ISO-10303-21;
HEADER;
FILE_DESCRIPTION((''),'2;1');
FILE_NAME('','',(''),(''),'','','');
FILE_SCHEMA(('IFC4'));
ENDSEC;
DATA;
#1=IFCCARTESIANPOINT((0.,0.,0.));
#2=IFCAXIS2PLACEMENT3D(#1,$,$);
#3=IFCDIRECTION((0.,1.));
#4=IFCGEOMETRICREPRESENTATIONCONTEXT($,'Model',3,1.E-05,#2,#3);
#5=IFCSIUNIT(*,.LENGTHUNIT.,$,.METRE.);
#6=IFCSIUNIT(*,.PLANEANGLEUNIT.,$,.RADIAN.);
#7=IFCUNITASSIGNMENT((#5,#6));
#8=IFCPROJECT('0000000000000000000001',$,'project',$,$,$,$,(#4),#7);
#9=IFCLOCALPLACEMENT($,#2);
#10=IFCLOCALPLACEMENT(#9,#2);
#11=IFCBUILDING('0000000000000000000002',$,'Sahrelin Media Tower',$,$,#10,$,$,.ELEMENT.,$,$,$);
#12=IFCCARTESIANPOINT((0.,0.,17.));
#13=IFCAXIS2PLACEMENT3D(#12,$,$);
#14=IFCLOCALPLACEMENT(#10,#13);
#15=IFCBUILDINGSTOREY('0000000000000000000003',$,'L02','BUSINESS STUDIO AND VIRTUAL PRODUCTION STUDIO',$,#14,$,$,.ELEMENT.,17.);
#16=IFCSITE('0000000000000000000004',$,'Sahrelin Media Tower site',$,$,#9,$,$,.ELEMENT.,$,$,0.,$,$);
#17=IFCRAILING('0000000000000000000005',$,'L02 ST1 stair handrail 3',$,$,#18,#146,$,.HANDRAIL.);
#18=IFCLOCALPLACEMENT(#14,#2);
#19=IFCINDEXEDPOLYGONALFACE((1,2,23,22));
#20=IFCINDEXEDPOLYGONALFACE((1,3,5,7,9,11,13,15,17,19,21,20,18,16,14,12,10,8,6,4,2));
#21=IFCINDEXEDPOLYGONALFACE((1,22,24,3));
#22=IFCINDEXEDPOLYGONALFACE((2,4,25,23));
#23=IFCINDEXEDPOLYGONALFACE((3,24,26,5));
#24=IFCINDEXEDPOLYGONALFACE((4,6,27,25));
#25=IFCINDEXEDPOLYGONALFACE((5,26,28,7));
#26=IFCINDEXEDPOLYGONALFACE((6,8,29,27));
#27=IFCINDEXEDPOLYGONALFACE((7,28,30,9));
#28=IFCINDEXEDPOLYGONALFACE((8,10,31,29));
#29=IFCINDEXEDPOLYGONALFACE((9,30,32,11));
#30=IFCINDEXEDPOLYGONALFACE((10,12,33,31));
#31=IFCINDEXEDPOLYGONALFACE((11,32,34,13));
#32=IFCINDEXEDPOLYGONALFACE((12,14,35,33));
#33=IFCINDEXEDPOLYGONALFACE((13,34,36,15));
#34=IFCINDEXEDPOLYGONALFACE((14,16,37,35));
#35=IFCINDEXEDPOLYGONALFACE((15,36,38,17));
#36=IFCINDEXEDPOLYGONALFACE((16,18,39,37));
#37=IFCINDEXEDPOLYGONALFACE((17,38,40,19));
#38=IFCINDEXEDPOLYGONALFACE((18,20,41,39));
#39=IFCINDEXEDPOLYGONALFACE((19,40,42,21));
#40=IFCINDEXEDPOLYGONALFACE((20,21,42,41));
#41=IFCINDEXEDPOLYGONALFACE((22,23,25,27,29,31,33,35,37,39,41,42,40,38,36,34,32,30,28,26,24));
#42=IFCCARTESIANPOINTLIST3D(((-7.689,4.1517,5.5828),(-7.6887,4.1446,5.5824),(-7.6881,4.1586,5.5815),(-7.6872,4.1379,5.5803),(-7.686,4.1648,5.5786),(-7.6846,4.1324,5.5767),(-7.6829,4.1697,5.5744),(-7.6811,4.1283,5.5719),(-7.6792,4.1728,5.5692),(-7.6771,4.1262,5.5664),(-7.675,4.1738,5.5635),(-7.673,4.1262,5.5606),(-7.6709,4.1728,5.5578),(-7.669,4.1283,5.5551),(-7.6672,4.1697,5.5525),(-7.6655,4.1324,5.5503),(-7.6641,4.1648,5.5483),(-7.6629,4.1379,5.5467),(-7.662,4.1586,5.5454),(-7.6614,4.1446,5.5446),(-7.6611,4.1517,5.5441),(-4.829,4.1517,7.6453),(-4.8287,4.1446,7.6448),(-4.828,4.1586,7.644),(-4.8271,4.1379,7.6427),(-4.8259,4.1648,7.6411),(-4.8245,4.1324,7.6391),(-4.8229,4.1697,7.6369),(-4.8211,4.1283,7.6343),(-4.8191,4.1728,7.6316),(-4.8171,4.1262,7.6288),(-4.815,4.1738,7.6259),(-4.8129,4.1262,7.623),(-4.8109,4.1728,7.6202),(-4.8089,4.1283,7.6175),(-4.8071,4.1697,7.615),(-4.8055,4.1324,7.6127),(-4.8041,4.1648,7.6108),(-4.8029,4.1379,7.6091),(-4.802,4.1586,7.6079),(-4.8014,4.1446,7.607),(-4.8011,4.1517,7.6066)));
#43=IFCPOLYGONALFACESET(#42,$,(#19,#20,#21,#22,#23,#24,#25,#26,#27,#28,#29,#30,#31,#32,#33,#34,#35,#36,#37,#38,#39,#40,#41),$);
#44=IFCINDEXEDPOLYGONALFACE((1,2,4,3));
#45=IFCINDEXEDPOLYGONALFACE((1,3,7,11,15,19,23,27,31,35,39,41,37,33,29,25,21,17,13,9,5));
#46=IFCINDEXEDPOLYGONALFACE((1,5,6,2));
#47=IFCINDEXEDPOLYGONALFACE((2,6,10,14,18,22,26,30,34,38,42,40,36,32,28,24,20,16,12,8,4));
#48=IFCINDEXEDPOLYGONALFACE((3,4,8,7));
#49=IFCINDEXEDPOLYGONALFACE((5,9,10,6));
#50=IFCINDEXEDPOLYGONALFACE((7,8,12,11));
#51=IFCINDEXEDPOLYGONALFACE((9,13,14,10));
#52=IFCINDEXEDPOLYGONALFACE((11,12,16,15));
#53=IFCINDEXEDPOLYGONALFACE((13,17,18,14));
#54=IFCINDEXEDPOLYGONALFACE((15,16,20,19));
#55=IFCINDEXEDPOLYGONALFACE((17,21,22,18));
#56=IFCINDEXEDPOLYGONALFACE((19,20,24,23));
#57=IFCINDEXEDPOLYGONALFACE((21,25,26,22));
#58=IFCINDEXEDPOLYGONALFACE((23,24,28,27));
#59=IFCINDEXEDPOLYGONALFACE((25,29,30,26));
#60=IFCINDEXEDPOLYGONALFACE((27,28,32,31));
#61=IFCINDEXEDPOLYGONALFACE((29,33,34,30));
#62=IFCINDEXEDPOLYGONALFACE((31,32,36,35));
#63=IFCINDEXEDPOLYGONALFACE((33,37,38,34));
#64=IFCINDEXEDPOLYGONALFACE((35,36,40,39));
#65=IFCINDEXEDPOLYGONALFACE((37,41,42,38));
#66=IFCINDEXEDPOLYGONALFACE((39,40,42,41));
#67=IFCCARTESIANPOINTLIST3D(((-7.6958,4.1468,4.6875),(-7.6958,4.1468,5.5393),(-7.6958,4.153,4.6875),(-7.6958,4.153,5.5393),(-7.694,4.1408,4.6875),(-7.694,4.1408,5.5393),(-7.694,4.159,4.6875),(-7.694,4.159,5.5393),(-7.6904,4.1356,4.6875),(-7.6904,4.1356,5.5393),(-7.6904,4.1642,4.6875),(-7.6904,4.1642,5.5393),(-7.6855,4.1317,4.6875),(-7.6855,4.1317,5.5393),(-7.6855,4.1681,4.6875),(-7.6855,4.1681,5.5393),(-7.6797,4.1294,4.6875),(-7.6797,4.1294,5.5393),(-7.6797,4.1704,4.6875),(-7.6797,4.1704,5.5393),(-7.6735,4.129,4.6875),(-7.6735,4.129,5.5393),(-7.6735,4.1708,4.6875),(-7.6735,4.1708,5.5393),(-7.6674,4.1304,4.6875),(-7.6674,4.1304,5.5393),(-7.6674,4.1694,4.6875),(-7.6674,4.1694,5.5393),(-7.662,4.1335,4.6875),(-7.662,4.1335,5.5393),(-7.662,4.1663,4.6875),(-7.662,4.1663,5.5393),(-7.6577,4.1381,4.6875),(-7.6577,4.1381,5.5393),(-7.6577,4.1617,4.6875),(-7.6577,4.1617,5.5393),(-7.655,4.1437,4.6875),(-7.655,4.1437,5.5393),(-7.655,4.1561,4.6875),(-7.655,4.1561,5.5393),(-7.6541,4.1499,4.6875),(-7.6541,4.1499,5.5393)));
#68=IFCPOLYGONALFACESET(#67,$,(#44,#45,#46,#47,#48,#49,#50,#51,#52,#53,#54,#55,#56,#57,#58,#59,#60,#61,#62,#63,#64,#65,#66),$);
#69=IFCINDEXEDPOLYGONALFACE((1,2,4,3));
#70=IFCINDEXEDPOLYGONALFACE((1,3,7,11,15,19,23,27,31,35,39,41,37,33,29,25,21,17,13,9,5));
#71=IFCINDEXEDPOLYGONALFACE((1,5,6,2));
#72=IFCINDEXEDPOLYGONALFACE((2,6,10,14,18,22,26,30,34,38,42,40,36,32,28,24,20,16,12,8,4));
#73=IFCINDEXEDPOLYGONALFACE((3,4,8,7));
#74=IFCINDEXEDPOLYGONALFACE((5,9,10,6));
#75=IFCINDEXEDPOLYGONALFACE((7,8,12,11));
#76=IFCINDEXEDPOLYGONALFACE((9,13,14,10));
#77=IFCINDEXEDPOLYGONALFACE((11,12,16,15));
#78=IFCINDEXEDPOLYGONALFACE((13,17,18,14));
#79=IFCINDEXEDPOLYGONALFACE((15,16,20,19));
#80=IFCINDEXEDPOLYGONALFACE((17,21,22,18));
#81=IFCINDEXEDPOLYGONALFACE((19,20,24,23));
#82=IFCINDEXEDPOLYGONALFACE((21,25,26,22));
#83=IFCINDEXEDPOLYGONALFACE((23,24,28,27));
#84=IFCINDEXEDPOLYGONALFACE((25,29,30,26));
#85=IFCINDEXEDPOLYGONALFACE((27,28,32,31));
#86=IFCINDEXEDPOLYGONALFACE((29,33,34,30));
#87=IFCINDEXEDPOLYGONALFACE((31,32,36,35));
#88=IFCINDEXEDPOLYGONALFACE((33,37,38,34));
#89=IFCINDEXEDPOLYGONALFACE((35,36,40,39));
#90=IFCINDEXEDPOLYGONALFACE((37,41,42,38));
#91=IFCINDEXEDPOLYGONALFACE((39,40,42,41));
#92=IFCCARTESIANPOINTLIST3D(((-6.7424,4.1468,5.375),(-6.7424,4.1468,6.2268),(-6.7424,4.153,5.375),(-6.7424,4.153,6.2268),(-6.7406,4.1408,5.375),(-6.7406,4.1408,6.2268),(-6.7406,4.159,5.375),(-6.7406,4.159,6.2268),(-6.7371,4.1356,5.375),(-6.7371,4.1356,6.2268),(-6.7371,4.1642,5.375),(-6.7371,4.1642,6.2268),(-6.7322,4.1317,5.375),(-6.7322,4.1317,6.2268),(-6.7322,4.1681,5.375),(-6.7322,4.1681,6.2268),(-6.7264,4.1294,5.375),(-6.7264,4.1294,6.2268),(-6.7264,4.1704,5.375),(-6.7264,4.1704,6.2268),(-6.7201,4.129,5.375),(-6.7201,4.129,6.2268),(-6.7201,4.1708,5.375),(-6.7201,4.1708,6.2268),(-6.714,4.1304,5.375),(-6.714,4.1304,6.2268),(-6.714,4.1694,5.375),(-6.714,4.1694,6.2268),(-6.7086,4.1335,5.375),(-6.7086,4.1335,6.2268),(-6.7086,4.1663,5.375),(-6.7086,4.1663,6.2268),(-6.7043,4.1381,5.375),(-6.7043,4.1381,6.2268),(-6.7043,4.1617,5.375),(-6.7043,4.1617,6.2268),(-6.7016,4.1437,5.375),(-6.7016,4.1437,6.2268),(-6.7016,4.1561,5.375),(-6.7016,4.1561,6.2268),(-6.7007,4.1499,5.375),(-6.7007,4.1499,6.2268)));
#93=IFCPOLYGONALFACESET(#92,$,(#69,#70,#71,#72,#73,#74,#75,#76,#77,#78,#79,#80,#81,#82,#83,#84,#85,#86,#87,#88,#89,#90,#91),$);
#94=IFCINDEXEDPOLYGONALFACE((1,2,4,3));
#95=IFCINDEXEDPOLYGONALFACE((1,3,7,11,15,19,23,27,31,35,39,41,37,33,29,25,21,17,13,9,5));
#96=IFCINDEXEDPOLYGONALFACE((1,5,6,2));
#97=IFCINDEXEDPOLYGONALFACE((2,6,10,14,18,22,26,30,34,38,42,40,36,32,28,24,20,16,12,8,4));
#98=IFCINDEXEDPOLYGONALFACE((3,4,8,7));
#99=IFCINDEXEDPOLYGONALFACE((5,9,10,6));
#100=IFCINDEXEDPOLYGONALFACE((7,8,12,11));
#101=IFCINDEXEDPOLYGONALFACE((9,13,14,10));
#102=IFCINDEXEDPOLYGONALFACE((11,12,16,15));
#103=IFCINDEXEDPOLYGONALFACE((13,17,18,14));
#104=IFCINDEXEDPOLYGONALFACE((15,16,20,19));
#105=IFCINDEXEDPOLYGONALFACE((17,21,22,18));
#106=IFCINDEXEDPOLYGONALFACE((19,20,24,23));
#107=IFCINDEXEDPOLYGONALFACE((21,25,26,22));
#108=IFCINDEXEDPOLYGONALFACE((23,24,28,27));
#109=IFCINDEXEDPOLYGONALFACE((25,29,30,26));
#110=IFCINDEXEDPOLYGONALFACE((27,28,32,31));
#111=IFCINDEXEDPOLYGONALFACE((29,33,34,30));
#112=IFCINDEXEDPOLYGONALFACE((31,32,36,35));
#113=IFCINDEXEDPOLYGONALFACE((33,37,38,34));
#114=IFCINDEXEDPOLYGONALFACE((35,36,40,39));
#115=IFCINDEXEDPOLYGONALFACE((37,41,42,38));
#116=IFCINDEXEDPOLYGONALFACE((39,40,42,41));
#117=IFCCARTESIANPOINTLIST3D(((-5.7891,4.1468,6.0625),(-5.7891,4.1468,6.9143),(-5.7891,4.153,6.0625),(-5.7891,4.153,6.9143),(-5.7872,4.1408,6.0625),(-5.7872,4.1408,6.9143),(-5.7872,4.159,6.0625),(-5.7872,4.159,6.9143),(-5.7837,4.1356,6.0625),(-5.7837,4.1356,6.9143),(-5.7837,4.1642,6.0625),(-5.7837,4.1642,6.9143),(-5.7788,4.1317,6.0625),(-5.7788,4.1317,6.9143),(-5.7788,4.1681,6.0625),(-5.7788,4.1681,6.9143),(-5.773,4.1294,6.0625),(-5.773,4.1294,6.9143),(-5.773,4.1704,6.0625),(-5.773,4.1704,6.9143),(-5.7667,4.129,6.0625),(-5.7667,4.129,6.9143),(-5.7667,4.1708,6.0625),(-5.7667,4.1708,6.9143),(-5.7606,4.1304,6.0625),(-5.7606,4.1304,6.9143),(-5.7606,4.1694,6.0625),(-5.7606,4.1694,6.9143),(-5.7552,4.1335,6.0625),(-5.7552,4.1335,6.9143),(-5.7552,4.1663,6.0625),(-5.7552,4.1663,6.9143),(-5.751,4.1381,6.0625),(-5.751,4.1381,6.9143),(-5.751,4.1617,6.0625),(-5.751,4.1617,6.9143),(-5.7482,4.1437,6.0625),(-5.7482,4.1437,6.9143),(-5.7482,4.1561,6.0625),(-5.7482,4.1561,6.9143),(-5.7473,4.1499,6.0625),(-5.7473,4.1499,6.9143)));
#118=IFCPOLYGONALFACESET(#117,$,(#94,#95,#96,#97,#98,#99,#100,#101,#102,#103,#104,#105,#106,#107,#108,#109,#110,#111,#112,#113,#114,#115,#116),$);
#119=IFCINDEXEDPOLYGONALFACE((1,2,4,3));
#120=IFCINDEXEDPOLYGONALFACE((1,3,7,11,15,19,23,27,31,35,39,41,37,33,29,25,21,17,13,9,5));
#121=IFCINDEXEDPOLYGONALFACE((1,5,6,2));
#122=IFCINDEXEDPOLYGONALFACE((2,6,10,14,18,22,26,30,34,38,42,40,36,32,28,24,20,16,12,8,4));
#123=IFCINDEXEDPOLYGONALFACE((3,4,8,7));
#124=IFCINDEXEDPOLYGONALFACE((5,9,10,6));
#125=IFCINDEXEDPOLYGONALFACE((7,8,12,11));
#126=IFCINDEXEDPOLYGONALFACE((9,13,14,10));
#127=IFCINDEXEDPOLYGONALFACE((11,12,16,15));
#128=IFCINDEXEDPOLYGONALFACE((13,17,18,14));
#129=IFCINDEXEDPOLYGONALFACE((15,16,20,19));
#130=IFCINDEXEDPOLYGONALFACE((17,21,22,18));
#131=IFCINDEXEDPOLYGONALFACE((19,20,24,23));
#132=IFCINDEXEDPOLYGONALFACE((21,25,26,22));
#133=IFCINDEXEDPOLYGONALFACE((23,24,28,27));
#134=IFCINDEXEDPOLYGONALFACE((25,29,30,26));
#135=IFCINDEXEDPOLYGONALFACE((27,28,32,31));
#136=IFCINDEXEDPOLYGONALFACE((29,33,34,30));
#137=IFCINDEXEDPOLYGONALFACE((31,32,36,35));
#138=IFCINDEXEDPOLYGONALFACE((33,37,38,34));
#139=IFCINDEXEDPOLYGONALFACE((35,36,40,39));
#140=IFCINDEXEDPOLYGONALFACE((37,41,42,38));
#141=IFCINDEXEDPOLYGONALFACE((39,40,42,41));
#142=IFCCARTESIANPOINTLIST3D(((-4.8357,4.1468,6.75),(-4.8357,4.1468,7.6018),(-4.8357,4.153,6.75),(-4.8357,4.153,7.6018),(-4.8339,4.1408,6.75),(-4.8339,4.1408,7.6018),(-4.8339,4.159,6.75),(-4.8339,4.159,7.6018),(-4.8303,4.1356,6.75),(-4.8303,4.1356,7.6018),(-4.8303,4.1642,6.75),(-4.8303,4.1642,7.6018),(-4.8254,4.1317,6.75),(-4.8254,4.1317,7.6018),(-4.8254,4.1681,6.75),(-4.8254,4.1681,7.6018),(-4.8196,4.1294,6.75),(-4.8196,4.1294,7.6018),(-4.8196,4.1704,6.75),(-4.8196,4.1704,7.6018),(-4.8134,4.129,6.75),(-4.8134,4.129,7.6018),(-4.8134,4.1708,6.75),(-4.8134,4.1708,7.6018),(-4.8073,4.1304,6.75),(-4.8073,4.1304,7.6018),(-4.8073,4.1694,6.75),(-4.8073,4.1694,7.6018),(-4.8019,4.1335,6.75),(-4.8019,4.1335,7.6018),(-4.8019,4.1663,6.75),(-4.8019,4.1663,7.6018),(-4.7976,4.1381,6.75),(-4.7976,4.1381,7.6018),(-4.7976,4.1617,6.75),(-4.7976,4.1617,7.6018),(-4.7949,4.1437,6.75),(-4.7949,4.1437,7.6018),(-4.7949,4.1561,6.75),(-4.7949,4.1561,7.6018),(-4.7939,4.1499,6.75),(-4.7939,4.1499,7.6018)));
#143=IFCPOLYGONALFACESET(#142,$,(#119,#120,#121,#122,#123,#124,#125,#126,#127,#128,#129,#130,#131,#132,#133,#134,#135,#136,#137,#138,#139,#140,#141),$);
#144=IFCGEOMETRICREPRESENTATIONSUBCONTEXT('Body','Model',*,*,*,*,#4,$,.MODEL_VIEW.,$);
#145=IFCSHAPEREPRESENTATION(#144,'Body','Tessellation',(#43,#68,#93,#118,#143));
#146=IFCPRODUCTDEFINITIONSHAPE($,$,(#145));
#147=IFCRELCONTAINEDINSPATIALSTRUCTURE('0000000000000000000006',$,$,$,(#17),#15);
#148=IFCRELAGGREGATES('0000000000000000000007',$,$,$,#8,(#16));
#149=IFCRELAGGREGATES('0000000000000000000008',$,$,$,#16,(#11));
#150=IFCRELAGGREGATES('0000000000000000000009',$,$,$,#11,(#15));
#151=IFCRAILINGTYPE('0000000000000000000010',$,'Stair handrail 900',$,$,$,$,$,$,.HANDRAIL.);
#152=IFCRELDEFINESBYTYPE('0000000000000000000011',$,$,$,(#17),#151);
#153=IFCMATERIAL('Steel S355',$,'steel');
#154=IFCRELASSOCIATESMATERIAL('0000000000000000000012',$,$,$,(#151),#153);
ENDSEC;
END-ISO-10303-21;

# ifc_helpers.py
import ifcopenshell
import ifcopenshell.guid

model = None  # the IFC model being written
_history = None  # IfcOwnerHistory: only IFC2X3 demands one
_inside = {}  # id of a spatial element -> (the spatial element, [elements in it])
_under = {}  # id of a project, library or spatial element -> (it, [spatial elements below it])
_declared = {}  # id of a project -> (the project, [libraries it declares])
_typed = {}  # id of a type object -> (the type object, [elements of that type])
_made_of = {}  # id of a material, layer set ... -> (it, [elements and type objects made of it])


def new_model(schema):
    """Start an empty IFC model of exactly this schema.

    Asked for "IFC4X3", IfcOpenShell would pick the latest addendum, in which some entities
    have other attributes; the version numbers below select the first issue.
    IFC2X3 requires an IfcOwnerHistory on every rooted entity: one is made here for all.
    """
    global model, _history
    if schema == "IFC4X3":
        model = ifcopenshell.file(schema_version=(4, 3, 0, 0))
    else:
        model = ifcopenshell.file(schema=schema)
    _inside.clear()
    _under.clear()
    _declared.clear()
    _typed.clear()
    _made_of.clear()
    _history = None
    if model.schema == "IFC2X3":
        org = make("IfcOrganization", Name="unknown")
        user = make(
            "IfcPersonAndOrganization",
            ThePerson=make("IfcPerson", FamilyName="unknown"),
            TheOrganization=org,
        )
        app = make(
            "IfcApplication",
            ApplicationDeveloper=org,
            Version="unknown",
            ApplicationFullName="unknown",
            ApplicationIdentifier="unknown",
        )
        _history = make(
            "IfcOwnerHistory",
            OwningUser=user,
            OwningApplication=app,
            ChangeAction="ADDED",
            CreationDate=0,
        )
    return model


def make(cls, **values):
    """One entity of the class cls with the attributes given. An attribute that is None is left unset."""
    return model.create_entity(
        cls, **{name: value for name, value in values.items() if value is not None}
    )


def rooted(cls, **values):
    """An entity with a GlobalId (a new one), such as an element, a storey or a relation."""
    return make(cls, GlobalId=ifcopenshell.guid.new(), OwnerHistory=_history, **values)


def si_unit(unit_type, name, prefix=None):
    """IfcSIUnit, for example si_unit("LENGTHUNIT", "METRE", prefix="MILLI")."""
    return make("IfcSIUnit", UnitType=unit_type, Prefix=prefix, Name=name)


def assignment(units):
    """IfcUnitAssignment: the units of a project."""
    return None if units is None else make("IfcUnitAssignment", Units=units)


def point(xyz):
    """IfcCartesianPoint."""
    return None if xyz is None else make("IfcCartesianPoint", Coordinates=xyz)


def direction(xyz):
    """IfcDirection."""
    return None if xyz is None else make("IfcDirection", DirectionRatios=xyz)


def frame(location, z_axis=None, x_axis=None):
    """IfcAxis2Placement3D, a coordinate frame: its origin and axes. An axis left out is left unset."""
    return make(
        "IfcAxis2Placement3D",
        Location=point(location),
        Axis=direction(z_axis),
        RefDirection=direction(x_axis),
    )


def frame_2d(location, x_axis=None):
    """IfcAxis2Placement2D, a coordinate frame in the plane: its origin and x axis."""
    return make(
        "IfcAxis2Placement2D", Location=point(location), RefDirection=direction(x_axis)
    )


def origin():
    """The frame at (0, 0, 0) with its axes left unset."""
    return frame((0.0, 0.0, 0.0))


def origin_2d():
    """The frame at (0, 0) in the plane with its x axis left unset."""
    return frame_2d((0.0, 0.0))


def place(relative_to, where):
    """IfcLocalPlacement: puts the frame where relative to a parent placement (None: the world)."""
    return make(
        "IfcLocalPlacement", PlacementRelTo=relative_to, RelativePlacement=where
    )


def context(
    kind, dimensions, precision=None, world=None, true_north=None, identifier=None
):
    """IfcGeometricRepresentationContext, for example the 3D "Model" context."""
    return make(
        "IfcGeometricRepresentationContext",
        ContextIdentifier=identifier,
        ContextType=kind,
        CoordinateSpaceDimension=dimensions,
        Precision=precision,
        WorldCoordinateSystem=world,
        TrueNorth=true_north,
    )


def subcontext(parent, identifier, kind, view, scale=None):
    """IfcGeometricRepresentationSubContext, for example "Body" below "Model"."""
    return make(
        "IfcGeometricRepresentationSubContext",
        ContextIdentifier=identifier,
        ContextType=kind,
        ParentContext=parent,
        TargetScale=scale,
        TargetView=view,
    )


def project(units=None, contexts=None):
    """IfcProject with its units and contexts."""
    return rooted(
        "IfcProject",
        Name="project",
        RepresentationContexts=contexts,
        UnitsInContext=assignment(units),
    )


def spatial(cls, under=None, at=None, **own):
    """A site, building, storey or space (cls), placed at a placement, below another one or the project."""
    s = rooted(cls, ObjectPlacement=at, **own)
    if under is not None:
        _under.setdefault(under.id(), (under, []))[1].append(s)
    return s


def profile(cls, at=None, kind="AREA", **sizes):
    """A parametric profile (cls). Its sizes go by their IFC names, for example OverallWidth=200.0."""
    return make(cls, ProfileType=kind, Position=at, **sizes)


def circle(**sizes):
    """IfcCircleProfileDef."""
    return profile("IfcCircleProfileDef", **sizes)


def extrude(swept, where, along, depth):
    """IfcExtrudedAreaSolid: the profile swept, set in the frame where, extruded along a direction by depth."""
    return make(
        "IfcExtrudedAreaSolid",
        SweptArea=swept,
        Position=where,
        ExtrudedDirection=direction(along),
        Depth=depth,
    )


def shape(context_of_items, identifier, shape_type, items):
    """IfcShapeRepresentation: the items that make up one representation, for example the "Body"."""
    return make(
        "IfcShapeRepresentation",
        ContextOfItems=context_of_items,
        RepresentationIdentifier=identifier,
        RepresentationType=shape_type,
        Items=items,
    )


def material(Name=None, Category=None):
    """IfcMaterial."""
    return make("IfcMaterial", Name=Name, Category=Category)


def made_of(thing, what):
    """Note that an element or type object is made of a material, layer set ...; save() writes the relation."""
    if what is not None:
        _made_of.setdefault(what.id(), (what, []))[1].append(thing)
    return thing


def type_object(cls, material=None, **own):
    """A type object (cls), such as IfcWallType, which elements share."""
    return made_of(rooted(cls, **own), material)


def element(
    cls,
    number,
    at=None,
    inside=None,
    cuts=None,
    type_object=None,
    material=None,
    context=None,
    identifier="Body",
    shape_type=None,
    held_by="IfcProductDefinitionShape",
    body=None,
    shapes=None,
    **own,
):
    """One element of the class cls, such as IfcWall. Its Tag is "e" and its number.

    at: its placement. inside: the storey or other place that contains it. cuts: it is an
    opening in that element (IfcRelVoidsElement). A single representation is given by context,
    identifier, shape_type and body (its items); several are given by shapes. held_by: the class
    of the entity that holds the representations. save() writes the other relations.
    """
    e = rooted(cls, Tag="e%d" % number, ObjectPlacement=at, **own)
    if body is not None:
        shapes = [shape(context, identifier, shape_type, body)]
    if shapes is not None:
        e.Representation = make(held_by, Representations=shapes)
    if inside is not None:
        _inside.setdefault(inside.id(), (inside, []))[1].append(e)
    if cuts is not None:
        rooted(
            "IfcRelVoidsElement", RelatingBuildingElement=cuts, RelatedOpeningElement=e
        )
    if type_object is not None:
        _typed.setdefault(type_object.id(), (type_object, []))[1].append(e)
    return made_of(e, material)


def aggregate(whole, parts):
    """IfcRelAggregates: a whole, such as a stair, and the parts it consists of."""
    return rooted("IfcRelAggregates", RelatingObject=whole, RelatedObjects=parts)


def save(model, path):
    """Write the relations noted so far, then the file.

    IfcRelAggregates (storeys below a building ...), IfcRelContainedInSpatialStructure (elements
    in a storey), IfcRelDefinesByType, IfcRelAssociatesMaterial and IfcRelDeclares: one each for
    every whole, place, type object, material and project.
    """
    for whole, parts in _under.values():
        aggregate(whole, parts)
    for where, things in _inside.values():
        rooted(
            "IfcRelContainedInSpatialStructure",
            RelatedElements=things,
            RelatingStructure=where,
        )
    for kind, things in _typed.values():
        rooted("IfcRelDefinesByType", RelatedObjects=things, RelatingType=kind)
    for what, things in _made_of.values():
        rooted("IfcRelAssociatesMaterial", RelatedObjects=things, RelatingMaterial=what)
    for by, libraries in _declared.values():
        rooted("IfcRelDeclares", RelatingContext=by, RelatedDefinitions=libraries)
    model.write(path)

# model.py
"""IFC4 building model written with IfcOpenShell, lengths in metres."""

from ifc_helpers import new_model, si_unit, direction, frame, origin, origin_2d, place, context, subcontext, project, spatial, circle, extrude, material, type_object, element, save


model = new_model("IFC4")

# Units and contexts
model_context = context("Model", 3, precision=1e-05, world=origin(), true_north=direction((0.0, 1.0)))
body_context = subcontext(model_context, "Body", "Model", "MODEL_VIEW")
ifc_project = project(units=[si_unit("LENGTHUNIT", "METRE"), si_unit("PLANEANGLEUNIT", "RADIAN")], contexts=[model_context])

# Site, building, storey
site_placement = place(None, origin())
site = spatial("IfcSite", under=ifc_project, at=site_placement, Name="Sahrelin Media Tower site", CompositionType="ELEMENT", RefElevation=0.0)
building_placement = place(site_placement, origin())
building = spatial("IfcBuilding", under=site, at=building_placement, Name="Sahrelin Media Tower", CompositionType="ELEMENT")
storey_placement = place(building_placement, frame((0.0, 0.0, 17.0)))
storey = spatial("IfcBuildingStorey", under=building, at=storey_placement, Name="L02", Description="BUSINESS STUDIO AND VIRTUAL PRODUCTION STUDIO", CompositionType="ELEMENT", Elevation=17.0)

# Railing
ifc_material_1 = material(Name="Steel S355", Category="steel")
railing_type_1 = type_object("IfcRailingType", Name="Stair handrail 900", PredefinedType="HANDRAIL", material=ifc_material_1)
for number, where, name in (
    (1, (-7.675, 4.1499, 4.6875), "L02 ST1 stair handrail 3"),
):
    element("IfcRailing", number, at=place(storey_placement, frame(where)), inside=storey, type_object=railing_type_1, Name=name, PredefinedType="HANDRAIL", context=body_context, shape_type="SweptSolid", body=[
        extrude(circle(Radius=0.0239, at=origin_2d()), frame((0.0, 0.0, 0.876), z_axis=(0.811101, 0.0, 0.584906), x_axis=(0.0, 1.0, 0.0)), (0.0, 0.0, 1.0), 3.5261),
        extrude(circle(Radius=0.021, at=origin_2d()), origin(), (0.0, 0.0, 1.0), 0.8518),
        extrude(circle(Radius=0.021, at=origin_2d()), frame((0.9534, 0.0, 0.6875)), (0.0, 0.0, 1.0), 0.8518),
        extrude(circle(Radius=0.021, at=origin_2d()), frame((1.9067, 0.0, 1.375)), (0.0, 0.0, 1.0), 0.8518),
        extrude(circle(Radius=0.021, at=origin_2d()), frame((2.8601, 0.0, 2.0625)), (0.0, 0.0, 1.0), 0.8518),
    ])

save(model, "model.ifc")
